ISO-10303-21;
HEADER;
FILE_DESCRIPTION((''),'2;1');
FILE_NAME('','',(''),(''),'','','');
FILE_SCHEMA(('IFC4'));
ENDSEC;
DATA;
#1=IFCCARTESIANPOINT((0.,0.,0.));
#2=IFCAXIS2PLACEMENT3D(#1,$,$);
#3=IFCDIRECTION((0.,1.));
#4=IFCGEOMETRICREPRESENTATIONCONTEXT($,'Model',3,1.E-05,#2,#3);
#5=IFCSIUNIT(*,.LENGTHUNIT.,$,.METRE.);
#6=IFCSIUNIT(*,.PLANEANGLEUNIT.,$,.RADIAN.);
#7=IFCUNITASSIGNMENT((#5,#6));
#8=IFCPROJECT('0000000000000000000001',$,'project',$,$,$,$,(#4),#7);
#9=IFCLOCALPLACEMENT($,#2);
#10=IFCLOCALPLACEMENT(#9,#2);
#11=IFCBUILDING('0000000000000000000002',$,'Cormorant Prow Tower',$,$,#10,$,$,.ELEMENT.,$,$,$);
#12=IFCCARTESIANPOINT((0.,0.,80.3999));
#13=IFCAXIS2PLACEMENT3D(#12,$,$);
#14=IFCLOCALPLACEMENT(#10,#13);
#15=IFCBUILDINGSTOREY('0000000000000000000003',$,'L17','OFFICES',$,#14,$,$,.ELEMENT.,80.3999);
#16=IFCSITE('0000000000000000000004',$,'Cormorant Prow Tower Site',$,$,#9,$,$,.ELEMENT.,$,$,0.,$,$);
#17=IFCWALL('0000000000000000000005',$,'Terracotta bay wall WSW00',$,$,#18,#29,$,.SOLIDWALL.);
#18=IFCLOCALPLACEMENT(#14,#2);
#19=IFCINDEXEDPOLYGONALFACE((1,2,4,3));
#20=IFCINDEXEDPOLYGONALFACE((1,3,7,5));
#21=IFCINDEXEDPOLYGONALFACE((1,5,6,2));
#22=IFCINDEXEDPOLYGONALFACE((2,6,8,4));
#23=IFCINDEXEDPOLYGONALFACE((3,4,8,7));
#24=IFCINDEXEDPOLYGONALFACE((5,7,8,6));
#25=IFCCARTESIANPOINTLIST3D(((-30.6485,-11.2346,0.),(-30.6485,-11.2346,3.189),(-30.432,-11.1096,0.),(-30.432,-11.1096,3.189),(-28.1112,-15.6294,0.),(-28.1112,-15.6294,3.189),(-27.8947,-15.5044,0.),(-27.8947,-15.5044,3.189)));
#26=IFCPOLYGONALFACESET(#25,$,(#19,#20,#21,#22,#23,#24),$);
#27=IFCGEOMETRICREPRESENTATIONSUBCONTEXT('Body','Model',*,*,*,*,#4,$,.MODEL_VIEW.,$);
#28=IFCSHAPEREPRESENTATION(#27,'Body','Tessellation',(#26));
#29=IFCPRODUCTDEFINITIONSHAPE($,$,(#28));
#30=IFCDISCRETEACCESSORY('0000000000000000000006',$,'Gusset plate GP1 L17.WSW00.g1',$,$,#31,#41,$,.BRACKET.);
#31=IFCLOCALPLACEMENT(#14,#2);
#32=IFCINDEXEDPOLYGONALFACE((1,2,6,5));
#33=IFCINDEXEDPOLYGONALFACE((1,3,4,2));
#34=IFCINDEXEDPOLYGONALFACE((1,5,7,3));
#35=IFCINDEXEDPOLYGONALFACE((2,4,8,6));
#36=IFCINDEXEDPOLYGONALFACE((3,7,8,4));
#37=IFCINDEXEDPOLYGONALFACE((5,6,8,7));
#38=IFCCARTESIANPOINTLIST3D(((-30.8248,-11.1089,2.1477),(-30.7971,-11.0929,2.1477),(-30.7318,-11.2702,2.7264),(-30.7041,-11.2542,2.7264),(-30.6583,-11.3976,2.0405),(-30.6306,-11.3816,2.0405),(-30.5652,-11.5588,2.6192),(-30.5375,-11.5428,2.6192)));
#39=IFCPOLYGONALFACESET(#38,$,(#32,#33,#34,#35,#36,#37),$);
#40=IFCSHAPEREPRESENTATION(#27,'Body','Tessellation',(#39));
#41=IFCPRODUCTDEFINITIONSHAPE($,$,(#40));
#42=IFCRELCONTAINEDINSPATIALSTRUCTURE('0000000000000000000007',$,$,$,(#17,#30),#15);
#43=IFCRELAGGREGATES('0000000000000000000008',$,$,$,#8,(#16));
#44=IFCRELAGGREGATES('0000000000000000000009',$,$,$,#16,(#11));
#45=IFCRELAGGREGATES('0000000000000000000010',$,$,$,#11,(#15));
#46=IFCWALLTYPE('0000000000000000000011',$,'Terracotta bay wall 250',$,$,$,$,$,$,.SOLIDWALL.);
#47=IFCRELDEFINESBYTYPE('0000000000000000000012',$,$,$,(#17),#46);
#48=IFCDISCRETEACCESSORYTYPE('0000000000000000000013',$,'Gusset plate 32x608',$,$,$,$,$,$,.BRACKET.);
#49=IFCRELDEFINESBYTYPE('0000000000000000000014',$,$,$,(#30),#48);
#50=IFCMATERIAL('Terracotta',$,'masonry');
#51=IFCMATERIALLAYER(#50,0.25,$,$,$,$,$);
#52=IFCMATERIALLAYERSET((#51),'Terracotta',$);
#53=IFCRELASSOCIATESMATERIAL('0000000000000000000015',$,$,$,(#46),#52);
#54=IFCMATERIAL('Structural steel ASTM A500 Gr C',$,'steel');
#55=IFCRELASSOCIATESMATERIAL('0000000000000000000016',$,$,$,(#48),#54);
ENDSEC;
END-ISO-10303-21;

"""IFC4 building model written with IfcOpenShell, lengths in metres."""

from ifc_helpers import new_model, si_unit, direction, frame, frame_2d, origin, origin_2d, place, context, subcontext, project, spatial, rectangle, extrude, material, layer, layer_set, material_profile, profile_set, type_object, element, save


model = new_model("IFC4")

# Units and contexts
model_context = context("Model", 3, precision=1e-05, world=origin(), true_north=direction((0.0, 1.0)))
body_context = subcontext(model_context, "Body", "Model", "MODEL_VIEW")
ifc_project = project(units=[si_unit("LENGTHUNIT", "METRE"), si_unit("PLANEANGLEUNIT", "RADIAN")], contexts=[model_context])

# Site, building, storey
site_placement = place(None, origin())
site = spatial("IfcSite", under=ifc_project, at=site_placement, Name="Cormorant Prow Tower Site", CompositionType="ELEMENT", RefElevation=0.0)
building_placement = place(site_placement, origin())
building = spatial("IfcBuilding", under=site, at=building_placement, Name="Cormorant Prow Tower", CompositionType="ELEMENT")
storey_placement = place(building_placement, frame((0.0, 0.0, 80.3999)))
storey = spatial("IfcBuildingStorey", under=building, at=storey_placement, Name="L17", Description="OFFICES", CompositionType="ELEMENT", Elevation=80.3999)

# Wall
ifc_material_1 = material(Name="Terracotta", Category="masonry")
ifc_layer_1 = layer(ifc_material_1, 0.25)
ifc_layer_set_1 = layer_set([ifc_layer_1], Name="Terracotta")
wall_type_1 = type_object("IfcWallType", Name="Terracotta bay wall 250", PredefinedType="SOLIDWALL", material=ifc_layer_set_1)
wall_1_placement = place(storey_placement, frame((-30.5403, -11.1721, 0.0), z_axis=(0.0, 0.0, 1.0), x_axis=(0.500004, -0.866023, 0.0)))
element("IfcWall", 1, at=wall_1_placement, inside=storey, type_object=wall_type_1, Name="Terracotta bay wall WSW00", PredefinedType="SOLIDWALL", context=body_context, shape_type="SweptSolid", body=[
    extrude(rectangle(XDim=5.0747, YDim=0.25, at=frame_2d((2.5374, 0.0))), origin(), (0.0, 0.0, 1.0), 3.189),
])

# Discrete accessory
ifc_material_2 = material(Name="Structural steel ASTM A500 Gr C", Category="steel")
ifc_material_profile_1 = material_profile(ifc_material_2, rectangle(XDim=0.032, YDim=0.6079, at=origin_2d()), Name="Gusset plate 32x608")
ifc_profile_set_1 = profile_set([ifc_material_profile_1], Name="Structural steel ASTM A500 Gr C")
discrete_accessory_type = type_object("IfcDiscreteAccessoryType", Name="Gusset plate 32x608", PredefinedType="BRACKET", material=ifc_profile_set_1)
discrete_accessory_placement = place(storey_placement, frame((-30.5979, -11.4702, 2.3298), z_axis=(-0.475753, 0.824546, 0.30624), x_axis=(-0.866161, -0.499765, 0.0)))
element("IfcDiscreteAccessory", 2, at=discrete_accessory_placement, inside=storey, type_object=discrete_accessory_type, Name="Gusset plate GP1 L17.WSW00.g1", PredefinedType="BRACKET", context=body_context, shape_type="SweptSolid", body=[
    extrude(rectangle(XDim=0.032, YDim=0.6079, at=origin_2d()), origin(), (0.0, 0.0, 1.0), 0.3501),
])

save(model, "model.ifc")
